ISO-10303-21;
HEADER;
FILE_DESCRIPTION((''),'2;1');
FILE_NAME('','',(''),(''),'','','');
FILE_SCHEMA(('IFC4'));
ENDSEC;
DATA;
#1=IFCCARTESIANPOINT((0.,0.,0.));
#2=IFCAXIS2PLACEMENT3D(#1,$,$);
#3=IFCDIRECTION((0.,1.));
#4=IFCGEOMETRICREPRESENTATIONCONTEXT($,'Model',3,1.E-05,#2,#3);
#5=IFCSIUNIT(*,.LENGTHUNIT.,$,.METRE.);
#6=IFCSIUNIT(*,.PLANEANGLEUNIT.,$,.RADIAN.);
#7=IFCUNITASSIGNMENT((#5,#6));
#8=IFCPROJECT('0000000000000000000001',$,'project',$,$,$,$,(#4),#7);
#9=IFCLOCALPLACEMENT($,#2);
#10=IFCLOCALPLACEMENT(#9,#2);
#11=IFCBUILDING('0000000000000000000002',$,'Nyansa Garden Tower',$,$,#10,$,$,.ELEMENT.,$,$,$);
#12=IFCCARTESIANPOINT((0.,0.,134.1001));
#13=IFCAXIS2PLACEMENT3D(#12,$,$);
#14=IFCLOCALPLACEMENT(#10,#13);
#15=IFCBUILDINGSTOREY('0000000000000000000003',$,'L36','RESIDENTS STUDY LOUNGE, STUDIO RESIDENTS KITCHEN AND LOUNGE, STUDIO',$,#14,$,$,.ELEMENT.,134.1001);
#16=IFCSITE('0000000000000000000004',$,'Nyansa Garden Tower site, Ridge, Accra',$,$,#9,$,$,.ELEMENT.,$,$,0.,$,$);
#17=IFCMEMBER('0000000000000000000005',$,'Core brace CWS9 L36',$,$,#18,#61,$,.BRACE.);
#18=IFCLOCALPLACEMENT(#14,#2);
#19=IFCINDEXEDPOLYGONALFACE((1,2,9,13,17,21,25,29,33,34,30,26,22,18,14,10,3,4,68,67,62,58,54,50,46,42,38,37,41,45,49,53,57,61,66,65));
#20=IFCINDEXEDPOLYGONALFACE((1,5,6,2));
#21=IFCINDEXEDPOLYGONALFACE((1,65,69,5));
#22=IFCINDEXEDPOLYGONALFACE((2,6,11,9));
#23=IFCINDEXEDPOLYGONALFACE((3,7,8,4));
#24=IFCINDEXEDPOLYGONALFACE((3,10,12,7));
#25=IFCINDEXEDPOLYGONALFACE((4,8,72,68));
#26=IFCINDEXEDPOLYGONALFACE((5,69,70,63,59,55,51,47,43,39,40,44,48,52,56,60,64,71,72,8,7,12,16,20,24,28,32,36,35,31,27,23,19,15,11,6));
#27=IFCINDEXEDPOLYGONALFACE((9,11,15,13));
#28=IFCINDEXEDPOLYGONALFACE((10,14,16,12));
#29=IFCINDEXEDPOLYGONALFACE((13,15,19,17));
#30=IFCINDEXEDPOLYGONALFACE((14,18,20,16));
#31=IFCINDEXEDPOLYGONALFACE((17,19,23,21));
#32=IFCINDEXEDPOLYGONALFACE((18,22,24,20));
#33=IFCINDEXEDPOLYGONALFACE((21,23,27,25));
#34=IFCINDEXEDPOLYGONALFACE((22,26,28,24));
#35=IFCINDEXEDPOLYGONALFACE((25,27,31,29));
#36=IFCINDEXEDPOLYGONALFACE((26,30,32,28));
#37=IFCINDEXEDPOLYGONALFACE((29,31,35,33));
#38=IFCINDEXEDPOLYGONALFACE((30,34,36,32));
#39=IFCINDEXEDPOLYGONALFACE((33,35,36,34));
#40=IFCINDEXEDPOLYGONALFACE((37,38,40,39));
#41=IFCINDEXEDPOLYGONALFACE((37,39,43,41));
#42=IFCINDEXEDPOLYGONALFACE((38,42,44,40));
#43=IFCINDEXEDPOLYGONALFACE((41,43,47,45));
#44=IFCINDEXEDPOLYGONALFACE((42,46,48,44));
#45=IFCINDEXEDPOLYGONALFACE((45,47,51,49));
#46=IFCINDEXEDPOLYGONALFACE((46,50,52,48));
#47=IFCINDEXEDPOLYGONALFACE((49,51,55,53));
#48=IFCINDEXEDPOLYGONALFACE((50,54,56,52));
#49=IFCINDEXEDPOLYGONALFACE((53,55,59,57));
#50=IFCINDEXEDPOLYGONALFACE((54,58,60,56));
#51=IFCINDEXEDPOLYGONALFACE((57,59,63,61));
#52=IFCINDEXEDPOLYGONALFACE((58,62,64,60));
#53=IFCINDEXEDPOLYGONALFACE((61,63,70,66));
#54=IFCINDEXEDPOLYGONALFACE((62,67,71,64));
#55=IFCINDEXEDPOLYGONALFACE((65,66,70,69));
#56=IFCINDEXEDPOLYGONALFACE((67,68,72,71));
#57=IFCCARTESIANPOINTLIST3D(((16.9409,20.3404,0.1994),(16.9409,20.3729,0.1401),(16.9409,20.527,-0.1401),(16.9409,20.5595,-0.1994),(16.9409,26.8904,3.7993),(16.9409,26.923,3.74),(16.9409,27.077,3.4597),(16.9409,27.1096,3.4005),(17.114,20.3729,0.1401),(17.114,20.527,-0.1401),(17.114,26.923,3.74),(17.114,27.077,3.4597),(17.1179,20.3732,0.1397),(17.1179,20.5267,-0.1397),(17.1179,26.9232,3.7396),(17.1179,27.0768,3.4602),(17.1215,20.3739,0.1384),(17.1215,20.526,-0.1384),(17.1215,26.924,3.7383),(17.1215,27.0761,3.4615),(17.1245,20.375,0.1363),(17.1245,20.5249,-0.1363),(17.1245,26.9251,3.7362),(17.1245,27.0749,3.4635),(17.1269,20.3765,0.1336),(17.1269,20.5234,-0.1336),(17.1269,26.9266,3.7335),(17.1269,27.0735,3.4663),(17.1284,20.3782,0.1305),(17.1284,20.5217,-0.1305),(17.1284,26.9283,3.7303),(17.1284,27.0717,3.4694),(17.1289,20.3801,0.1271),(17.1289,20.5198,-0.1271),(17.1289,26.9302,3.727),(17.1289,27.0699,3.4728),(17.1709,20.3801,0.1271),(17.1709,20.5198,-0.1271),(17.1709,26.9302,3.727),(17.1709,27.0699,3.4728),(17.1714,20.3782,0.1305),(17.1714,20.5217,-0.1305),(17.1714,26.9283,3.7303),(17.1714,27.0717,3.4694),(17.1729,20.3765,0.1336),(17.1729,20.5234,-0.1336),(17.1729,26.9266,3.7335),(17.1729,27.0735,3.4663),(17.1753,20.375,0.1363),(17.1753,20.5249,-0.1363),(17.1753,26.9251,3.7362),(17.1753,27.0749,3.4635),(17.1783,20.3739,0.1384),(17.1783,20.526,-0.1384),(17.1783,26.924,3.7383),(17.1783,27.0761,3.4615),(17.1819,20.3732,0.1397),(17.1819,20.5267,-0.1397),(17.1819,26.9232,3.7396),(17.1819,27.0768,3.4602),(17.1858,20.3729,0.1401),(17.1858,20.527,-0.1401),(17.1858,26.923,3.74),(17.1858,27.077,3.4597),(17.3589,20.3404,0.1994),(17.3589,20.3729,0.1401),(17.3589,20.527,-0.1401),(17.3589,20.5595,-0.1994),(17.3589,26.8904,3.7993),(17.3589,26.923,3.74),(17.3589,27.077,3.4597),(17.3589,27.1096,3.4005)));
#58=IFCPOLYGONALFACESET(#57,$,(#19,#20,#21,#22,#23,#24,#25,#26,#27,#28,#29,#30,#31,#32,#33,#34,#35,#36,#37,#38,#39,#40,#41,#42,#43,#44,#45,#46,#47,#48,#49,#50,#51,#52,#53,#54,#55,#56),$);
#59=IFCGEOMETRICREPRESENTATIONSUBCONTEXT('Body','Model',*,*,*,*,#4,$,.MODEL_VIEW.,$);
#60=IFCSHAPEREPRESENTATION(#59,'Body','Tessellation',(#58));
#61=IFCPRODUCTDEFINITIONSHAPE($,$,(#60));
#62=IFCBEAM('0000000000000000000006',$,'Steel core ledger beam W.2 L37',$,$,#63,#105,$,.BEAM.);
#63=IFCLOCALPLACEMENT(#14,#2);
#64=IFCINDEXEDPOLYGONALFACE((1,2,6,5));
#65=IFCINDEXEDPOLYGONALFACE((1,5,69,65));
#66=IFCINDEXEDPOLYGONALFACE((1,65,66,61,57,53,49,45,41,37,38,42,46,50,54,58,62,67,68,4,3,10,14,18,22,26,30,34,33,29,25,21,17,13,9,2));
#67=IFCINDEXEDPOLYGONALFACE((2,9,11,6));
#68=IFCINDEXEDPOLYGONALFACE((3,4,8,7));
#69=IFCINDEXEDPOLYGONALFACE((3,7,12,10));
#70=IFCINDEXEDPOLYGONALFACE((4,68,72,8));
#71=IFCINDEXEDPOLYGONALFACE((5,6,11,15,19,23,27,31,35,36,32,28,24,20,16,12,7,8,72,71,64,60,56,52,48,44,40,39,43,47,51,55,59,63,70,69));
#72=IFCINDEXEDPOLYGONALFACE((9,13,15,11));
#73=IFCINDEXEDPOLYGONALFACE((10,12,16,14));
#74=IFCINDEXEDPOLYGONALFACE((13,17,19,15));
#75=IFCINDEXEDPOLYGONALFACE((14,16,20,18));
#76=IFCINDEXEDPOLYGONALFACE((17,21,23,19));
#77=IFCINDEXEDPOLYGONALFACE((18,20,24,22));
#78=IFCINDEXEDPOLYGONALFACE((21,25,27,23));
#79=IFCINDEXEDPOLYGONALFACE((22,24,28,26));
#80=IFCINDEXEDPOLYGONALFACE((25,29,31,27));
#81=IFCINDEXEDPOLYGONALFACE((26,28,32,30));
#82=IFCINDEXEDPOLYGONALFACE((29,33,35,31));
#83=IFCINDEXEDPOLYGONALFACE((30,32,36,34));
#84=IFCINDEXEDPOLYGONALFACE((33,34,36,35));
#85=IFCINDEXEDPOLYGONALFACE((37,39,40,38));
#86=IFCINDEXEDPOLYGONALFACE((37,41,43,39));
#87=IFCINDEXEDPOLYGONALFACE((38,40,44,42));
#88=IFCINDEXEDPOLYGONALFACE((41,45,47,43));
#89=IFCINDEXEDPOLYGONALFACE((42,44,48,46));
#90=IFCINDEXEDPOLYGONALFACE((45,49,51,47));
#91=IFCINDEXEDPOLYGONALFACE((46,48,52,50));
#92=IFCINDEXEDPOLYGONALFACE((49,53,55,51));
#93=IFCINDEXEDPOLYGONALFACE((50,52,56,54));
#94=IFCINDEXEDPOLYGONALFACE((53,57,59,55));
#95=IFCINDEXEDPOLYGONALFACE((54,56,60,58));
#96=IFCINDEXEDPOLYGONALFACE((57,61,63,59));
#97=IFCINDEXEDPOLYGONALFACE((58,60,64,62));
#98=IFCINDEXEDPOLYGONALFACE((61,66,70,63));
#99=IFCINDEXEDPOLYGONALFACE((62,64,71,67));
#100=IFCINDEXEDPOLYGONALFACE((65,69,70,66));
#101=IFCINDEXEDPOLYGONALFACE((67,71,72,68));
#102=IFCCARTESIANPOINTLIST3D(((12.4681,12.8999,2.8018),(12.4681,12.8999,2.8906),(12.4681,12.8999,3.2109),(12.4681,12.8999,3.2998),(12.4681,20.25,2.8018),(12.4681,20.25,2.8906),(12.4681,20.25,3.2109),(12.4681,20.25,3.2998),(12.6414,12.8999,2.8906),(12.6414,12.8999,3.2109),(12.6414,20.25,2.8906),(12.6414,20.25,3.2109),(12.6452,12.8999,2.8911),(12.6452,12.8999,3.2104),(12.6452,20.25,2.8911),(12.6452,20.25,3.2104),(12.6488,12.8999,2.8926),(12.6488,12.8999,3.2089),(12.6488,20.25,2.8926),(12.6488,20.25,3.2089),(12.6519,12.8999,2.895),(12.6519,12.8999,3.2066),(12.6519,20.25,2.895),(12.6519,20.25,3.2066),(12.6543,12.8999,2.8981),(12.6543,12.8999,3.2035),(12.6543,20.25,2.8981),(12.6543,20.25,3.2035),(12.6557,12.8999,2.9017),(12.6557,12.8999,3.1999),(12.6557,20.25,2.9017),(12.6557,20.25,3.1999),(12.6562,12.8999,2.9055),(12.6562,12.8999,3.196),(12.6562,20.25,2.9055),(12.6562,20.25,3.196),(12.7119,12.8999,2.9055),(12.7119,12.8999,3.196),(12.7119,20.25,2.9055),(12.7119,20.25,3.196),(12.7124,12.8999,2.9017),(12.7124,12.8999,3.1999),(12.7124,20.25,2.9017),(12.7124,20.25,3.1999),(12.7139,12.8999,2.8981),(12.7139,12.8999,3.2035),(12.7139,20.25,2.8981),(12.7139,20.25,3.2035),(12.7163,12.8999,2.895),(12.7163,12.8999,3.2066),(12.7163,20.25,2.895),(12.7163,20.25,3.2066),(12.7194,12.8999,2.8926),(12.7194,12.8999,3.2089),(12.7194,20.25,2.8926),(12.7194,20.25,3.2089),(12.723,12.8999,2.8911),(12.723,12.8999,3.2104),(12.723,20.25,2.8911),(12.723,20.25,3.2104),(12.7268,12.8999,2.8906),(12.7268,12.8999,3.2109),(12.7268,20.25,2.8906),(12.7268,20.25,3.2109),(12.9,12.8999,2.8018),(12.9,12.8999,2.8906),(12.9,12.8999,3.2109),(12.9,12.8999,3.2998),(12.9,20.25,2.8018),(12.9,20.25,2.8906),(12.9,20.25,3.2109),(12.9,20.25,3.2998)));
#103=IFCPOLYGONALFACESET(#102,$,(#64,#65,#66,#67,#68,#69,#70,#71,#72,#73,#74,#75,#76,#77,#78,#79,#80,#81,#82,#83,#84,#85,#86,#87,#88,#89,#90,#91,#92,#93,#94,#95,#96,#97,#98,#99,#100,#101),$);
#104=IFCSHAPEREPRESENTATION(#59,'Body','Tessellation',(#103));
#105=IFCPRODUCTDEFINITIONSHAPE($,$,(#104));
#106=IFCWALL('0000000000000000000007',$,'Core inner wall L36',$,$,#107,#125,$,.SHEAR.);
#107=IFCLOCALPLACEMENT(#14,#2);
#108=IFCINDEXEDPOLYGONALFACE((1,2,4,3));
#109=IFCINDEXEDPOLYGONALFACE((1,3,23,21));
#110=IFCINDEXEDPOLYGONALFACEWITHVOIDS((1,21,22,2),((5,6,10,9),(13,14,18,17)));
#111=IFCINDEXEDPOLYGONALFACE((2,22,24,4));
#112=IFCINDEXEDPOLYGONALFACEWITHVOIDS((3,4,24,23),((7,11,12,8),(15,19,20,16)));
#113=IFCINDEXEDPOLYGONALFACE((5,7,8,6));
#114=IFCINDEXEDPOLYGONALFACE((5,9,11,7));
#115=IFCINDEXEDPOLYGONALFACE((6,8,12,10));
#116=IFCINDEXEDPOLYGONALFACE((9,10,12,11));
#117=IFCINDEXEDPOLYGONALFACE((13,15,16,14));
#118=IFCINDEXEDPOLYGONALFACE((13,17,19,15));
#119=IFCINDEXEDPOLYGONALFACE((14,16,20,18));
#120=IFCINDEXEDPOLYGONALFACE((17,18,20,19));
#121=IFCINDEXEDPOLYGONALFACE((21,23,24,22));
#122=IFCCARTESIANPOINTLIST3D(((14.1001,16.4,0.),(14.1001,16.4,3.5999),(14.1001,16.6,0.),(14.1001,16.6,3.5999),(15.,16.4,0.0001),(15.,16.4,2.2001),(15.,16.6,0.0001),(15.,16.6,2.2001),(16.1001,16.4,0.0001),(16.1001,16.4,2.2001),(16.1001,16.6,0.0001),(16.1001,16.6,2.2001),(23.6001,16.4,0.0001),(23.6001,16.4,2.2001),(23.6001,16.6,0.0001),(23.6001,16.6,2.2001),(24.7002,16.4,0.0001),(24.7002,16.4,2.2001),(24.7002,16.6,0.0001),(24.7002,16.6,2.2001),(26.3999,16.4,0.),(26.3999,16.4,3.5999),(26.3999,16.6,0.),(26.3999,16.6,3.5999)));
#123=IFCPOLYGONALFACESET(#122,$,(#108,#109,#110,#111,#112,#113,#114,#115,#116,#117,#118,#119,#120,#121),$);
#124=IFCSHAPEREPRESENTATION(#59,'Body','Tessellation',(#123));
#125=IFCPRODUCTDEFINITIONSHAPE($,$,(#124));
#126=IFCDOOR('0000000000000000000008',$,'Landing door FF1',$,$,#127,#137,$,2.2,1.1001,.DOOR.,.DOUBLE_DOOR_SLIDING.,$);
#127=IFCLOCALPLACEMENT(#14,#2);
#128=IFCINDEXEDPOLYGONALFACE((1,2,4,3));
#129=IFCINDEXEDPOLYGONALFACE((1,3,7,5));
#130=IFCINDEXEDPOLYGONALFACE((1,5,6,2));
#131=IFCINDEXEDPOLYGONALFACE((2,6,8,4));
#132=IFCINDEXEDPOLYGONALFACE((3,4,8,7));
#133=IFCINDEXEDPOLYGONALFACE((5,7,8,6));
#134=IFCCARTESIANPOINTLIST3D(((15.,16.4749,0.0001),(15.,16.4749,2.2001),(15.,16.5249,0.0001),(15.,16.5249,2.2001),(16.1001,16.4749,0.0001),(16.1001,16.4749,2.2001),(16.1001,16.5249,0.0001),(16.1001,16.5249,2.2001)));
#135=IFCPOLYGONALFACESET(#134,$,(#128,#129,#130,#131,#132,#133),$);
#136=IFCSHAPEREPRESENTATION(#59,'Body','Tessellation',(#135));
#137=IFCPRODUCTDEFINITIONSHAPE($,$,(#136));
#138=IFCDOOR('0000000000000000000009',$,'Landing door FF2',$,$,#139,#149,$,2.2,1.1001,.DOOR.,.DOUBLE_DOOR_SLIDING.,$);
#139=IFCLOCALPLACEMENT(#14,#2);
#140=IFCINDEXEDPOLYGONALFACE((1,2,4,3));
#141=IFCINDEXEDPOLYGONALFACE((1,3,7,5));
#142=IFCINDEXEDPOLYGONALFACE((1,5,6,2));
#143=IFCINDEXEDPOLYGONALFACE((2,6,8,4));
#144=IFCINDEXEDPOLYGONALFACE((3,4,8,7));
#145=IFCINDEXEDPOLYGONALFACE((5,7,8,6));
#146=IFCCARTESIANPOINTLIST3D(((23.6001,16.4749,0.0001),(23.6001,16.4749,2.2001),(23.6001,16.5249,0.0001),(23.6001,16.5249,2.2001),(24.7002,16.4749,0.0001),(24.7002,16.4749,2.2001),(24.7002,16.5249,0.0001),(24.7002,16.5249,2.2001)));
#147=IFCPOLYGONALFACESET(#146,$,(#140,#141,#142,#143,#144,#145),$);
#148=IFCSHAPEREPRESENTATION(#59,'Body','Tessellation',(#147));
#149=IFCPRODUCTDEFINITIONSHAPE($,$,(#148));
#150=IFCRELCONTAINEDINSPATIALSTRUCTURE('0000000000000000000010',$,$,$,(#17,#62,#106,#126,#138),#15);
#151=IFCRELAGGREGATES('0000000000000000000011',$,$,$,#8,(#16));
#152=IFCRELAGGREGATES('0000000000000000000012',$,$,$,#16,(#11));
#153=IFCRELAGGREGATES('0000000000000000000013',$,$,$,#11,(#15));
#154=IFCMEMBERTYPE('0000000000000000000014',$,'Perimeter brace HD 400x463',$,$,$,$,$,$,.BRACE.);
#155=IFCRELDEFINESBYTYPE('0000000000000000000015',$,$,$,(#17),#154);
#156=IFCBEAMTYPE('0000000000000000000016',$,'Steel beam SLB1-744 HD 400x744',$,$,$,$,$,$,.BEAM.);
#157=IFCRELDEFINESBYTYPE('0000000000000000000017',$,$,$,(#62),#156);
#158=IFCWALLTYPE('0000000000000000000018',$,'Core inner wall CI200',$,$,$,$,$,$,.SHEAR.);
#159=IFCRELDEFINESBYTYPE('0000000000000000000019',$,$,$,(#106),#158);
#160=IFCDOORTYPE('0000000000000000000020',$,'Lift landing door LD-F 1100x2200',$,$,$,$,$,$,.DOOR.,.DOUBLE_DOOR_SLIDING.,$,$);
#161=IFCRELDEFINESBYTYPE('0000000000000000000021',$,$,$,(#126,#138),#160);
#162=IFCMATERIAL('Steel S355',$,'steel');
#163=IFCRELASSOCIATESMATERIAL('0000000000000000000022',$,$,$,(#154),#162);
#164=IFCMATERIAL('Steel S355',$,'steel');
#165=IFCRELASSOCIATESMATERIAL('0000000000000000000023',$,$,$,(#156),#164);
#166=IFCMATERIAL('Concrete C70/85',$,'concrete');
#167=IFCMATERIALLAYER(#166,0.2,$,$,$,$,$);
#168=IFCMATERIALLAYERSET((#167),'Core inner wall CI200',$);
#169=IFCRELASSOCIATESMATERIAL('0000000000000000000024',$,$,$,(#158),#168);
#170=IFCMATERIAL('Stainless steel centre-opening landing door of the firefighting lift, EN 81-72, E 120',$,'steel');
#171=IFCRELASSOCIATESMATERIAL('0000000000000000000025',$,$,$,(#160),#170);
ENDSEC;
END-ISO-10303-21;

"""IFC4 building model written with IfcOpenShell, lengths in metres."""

from ifc_helpers import new_model, si_unit, direction, frame, frame_2d, origin, origin_2d, place, context, subcontext, project, spatial, rectangle, i_section, extrude, material, layer, layer_set, material_profile, profile_set, type_object, element, fill, save


model = new_model("IFC4")

# Units and contexts
model_context = context("Model", 3, precision=1e-05, world=origin(), true_north=direction((0.0, 1.0)))
body_context = subcontext(model_context, "Body", "Model", "MODEL_VIEW")
ifc_project = project(units=[si_unit("LENGTHUNIT", "METRE"), si_unit("PLANEANGLEUNIT", "RADIAN")], contexts=[model_context])

# Site, building, storey
site_placement = place(None, origin())
site = spatial("IfcSite", under=ifc_project, at=site_placement, Name="Nyansa Garden Tower site, Ridge, Accra", CompositionType="ELEMENT", RefElevation=0.0)
building_placement = place(site_placement, origin())
building = spatial("IfcBuilding", under=site, at=building_placement, Name="Nyansa Garden Tower", CompositionType="ELEMENT")
storey_placement = place(building_placement, frame((0.0, 0.0, 134.1001)))
storey = spatial("IfcBuildingStorey", under=building, at=storey_placement, Name="L36", Description="RESIDENTS STUDY LOUNGE, STUDIO RESIDENTS KITCHEN AND LOUNGE, STUDIO", CompositionType="ELEMENT", Elevation=134.1001)

# Member
ifc_material_1 = material(Name="Steel S355", Category="steel")
ifc_material_profile_1 = material_profile(ifc_material_1, i_section(OverallWidth=0.418, OverallDepth=0.4551, WebThickness=0.042, FlangeThickness=0.0676, FilletRadius=0.0149, at=origin_2d()), Name="HD 400x463")
ifc_profile_set_1 = profile_set([ifc_material_profile_1], Name="Steel S355")
member_type = type_object("IfcMemberType", Name="Perimeter brace HD 400x463", PredefinedType="BRACE", material=ifc_profile_set_1)
member_placement = place(storey_placement, frame((17.1499, 20.45, 0.0), z_axis=(0.0, 0.876367, 0.481644), x_axis=(-1.0, 0.0, 0.0)))
element("IfcMember", 1, at=member_placement, inside=storey, type_object=member_type, Name="Core brace CWS9 L36", PredefinedType="BRACE", context=body_context, shape_type="SweptSolid", body=[
    extrude(i_section(OverallWidth=0.418, OverallDepth=0.4551, WebThickness=0.042, FlangeThickness=0.0676, FilletRadius=0.0149, at=origin_2d()), origin(), (0.0, 0.0, 1.0), 7.4741),
])

# Beam
ifc_material_2 = material(Name="Steel S355", Category="steel")
ifc_material_profile_2 = material_profile(ifc_material_2, i_section(OverallWidth=0.4319, OverallDepth=0.498, WebThickness=0.0557, FlangeThickness=0.0889, FilletRadius=0.0149, at=origin_2d()), Name="HD 400x744")
ifc_profile_set_2 = profile_set([ifc_material_profile_2], Name="Steel S355")
beam_type = type_object("IfcBeamType", Name="Steel beam SLB1-744 HD 400x744", PredefinedType="BEAM", material=ifc_profile_set_2)
beam_placement = place(storey_placement, frame((12.6841, 20.25, 3.0508), z_axis=(0.0, -1.0, 0.0), x_axis=(1.0, 0.0, 0.0)))
element("IfcBeam", 2, at=beam_placement, inside=storey, type_object=beam_type, Name="Steel core ledger beam W.2 L37", PredefinedType="BEAM", context=body_context, shape_type="SweptSolid", body=[
    extrude(i_section(OverallWidth=0.4319, OverallDepth=0.498, WebThickness=0.0557, FlangeThickness=0.0889, FilletRadius=0.0149, at=origin_2d()), origin(), (0.0, 0.0, 1.0), 7.3501),
])

# Wall, openings, doors
ifc_material_3 = material(Name="Concrete C70/85", Category="concrete")
ifc_layer_1 = layer(ifc_material_3, 0.2)
ifc_layer_set_1 = layer_set([ifc_layer_1], Name="Core inner wall CI200")
wall_type_1 = type_object("IfcWallType", Name="Core inner wall CI200", PredefinedType="SHEAR", material=ifc_layer_set_1)
wall_1_placement = place(storey_placement, frame((14.1001, 16.5, 0.0), z_axis=(0.0, 0.0, 1.0), x_axis=(1.0, 0.0, 0.0)))
wall_1 = element("IfcWall", 3, at=wall_1_placement, inside=storey, type_object=wall_type_1, Name="Core inner wall L36", PredefinedType="SHEAR", context=body_context, shape_type="SweptSolid", body=[
    extrude(rectangle(XDim=12.2998, YDim=0.2, at=frame_2d((6.1499, 0.0))), origin(), (0.0, 0.0, 1.0), 3.5999),
])
opening_1_placement = place(wall_1_placement, frame((0.8999, 0.0, 0.0)))
opening_1 = element("IfcOpeningElement", 4, at=opening_1_placement, cuts=wall_1, PredefinedType="OPENING", context=body_context, shape_type="SweptSolid", body=[
    extrude(rectangle(XDim=1.1001, YDim=2.2, at=frame_2d((0.55, 1.1001))), frame((0.0, 0.1099, 0.0), z_axis=(0.0, -1.0, 0.0), x_axis=(1.0, 0.0, 0.0)), (0.0, 0.0, 1.0), 0.22),
])
opening_2_placement = place(wall_1_placement, frame((9.5, 0.0, 0.0)))
opening_2 = element("IfcOpeningElement", 5, at=opening_2_placement, cuts=wall_1, PredefinedType="OPENING", context=body_context, shape_type="SweptSolid", body=[
    extrude(rectangle(XDim=1.1001, YDim=2.2, at=frame_2d((0.55, 1.1001))), frame((0.0, 0.1099, 0.0), z_axis=(0.0, -1.0, 0.0), x_axis=(1.0, 0.0, 0.0)), (0.0, 0.0, 1.0), 0.22),
])
ifc_material_4 = material(Name="Stainless steel centre-opening landing door of the firefighting lift, EN 81-72, E 120", Category="steel")
door_type_1 = type_object("IfcDoorType", Name="Lift landing door LD-F 1100x2200", OperationType="DOUBLE_DOOR_SLIDING", PredefinedType="DOOR", material=ifc_material_4)
door_1_placement = place(opening_1_placement, origin())
door_1 = element("IfcDoor", 6, at=door_1_placement, inside=storey, type_object=door_type_1, Name="Landing door FF1", OperationType="DOUBLE_DOOR_SLIDING", OverallHeight=2.2, OverallWidth=1.1001, PredefinedType="DOOR", context=body_context, shape_type="SweptSolid", body=[
    extrude(rectangle(XDim=1.1001, YDim=2.2, at=frame_2d((0.55, 1.1001))), frame((0.0, 0.0249, 0.0), z_axis=(0.0, -1.0, 0.0), x_axis=(1.0, 0.0, 0.0)), (0.0, 0.0, 1.0), 0.05),
])
fill(opening_1, door_1)
door_2_placement = place(opening_2_placement, origin())
door_2 = element("IfcDoor", 7, at=door_2_placement, inside=storey, type_object=door_type_1, Name="Landing door FF2", OperationType="DOUBLE_DOOR_SLIDING", OverallHeight=2.2, OverallWidth=1.1001, PredefinedType="DOOR", context=body_context, shape_type="SweptSolid", body=[
    extrude(rectangle(XDim=1.1001, YDim=2.2, at=frame_2d((0.55, 1.1001))), frame((0.0, 0.0249, 0.0), z_axis=(0.0, -1.0, 0.0), x_axis=(1.0, 0.0, 0.0)), (0.0, 0.0, 1.0), 0.05),
])
fill(opening_2, door_2)

save(model, "model.ifc")
